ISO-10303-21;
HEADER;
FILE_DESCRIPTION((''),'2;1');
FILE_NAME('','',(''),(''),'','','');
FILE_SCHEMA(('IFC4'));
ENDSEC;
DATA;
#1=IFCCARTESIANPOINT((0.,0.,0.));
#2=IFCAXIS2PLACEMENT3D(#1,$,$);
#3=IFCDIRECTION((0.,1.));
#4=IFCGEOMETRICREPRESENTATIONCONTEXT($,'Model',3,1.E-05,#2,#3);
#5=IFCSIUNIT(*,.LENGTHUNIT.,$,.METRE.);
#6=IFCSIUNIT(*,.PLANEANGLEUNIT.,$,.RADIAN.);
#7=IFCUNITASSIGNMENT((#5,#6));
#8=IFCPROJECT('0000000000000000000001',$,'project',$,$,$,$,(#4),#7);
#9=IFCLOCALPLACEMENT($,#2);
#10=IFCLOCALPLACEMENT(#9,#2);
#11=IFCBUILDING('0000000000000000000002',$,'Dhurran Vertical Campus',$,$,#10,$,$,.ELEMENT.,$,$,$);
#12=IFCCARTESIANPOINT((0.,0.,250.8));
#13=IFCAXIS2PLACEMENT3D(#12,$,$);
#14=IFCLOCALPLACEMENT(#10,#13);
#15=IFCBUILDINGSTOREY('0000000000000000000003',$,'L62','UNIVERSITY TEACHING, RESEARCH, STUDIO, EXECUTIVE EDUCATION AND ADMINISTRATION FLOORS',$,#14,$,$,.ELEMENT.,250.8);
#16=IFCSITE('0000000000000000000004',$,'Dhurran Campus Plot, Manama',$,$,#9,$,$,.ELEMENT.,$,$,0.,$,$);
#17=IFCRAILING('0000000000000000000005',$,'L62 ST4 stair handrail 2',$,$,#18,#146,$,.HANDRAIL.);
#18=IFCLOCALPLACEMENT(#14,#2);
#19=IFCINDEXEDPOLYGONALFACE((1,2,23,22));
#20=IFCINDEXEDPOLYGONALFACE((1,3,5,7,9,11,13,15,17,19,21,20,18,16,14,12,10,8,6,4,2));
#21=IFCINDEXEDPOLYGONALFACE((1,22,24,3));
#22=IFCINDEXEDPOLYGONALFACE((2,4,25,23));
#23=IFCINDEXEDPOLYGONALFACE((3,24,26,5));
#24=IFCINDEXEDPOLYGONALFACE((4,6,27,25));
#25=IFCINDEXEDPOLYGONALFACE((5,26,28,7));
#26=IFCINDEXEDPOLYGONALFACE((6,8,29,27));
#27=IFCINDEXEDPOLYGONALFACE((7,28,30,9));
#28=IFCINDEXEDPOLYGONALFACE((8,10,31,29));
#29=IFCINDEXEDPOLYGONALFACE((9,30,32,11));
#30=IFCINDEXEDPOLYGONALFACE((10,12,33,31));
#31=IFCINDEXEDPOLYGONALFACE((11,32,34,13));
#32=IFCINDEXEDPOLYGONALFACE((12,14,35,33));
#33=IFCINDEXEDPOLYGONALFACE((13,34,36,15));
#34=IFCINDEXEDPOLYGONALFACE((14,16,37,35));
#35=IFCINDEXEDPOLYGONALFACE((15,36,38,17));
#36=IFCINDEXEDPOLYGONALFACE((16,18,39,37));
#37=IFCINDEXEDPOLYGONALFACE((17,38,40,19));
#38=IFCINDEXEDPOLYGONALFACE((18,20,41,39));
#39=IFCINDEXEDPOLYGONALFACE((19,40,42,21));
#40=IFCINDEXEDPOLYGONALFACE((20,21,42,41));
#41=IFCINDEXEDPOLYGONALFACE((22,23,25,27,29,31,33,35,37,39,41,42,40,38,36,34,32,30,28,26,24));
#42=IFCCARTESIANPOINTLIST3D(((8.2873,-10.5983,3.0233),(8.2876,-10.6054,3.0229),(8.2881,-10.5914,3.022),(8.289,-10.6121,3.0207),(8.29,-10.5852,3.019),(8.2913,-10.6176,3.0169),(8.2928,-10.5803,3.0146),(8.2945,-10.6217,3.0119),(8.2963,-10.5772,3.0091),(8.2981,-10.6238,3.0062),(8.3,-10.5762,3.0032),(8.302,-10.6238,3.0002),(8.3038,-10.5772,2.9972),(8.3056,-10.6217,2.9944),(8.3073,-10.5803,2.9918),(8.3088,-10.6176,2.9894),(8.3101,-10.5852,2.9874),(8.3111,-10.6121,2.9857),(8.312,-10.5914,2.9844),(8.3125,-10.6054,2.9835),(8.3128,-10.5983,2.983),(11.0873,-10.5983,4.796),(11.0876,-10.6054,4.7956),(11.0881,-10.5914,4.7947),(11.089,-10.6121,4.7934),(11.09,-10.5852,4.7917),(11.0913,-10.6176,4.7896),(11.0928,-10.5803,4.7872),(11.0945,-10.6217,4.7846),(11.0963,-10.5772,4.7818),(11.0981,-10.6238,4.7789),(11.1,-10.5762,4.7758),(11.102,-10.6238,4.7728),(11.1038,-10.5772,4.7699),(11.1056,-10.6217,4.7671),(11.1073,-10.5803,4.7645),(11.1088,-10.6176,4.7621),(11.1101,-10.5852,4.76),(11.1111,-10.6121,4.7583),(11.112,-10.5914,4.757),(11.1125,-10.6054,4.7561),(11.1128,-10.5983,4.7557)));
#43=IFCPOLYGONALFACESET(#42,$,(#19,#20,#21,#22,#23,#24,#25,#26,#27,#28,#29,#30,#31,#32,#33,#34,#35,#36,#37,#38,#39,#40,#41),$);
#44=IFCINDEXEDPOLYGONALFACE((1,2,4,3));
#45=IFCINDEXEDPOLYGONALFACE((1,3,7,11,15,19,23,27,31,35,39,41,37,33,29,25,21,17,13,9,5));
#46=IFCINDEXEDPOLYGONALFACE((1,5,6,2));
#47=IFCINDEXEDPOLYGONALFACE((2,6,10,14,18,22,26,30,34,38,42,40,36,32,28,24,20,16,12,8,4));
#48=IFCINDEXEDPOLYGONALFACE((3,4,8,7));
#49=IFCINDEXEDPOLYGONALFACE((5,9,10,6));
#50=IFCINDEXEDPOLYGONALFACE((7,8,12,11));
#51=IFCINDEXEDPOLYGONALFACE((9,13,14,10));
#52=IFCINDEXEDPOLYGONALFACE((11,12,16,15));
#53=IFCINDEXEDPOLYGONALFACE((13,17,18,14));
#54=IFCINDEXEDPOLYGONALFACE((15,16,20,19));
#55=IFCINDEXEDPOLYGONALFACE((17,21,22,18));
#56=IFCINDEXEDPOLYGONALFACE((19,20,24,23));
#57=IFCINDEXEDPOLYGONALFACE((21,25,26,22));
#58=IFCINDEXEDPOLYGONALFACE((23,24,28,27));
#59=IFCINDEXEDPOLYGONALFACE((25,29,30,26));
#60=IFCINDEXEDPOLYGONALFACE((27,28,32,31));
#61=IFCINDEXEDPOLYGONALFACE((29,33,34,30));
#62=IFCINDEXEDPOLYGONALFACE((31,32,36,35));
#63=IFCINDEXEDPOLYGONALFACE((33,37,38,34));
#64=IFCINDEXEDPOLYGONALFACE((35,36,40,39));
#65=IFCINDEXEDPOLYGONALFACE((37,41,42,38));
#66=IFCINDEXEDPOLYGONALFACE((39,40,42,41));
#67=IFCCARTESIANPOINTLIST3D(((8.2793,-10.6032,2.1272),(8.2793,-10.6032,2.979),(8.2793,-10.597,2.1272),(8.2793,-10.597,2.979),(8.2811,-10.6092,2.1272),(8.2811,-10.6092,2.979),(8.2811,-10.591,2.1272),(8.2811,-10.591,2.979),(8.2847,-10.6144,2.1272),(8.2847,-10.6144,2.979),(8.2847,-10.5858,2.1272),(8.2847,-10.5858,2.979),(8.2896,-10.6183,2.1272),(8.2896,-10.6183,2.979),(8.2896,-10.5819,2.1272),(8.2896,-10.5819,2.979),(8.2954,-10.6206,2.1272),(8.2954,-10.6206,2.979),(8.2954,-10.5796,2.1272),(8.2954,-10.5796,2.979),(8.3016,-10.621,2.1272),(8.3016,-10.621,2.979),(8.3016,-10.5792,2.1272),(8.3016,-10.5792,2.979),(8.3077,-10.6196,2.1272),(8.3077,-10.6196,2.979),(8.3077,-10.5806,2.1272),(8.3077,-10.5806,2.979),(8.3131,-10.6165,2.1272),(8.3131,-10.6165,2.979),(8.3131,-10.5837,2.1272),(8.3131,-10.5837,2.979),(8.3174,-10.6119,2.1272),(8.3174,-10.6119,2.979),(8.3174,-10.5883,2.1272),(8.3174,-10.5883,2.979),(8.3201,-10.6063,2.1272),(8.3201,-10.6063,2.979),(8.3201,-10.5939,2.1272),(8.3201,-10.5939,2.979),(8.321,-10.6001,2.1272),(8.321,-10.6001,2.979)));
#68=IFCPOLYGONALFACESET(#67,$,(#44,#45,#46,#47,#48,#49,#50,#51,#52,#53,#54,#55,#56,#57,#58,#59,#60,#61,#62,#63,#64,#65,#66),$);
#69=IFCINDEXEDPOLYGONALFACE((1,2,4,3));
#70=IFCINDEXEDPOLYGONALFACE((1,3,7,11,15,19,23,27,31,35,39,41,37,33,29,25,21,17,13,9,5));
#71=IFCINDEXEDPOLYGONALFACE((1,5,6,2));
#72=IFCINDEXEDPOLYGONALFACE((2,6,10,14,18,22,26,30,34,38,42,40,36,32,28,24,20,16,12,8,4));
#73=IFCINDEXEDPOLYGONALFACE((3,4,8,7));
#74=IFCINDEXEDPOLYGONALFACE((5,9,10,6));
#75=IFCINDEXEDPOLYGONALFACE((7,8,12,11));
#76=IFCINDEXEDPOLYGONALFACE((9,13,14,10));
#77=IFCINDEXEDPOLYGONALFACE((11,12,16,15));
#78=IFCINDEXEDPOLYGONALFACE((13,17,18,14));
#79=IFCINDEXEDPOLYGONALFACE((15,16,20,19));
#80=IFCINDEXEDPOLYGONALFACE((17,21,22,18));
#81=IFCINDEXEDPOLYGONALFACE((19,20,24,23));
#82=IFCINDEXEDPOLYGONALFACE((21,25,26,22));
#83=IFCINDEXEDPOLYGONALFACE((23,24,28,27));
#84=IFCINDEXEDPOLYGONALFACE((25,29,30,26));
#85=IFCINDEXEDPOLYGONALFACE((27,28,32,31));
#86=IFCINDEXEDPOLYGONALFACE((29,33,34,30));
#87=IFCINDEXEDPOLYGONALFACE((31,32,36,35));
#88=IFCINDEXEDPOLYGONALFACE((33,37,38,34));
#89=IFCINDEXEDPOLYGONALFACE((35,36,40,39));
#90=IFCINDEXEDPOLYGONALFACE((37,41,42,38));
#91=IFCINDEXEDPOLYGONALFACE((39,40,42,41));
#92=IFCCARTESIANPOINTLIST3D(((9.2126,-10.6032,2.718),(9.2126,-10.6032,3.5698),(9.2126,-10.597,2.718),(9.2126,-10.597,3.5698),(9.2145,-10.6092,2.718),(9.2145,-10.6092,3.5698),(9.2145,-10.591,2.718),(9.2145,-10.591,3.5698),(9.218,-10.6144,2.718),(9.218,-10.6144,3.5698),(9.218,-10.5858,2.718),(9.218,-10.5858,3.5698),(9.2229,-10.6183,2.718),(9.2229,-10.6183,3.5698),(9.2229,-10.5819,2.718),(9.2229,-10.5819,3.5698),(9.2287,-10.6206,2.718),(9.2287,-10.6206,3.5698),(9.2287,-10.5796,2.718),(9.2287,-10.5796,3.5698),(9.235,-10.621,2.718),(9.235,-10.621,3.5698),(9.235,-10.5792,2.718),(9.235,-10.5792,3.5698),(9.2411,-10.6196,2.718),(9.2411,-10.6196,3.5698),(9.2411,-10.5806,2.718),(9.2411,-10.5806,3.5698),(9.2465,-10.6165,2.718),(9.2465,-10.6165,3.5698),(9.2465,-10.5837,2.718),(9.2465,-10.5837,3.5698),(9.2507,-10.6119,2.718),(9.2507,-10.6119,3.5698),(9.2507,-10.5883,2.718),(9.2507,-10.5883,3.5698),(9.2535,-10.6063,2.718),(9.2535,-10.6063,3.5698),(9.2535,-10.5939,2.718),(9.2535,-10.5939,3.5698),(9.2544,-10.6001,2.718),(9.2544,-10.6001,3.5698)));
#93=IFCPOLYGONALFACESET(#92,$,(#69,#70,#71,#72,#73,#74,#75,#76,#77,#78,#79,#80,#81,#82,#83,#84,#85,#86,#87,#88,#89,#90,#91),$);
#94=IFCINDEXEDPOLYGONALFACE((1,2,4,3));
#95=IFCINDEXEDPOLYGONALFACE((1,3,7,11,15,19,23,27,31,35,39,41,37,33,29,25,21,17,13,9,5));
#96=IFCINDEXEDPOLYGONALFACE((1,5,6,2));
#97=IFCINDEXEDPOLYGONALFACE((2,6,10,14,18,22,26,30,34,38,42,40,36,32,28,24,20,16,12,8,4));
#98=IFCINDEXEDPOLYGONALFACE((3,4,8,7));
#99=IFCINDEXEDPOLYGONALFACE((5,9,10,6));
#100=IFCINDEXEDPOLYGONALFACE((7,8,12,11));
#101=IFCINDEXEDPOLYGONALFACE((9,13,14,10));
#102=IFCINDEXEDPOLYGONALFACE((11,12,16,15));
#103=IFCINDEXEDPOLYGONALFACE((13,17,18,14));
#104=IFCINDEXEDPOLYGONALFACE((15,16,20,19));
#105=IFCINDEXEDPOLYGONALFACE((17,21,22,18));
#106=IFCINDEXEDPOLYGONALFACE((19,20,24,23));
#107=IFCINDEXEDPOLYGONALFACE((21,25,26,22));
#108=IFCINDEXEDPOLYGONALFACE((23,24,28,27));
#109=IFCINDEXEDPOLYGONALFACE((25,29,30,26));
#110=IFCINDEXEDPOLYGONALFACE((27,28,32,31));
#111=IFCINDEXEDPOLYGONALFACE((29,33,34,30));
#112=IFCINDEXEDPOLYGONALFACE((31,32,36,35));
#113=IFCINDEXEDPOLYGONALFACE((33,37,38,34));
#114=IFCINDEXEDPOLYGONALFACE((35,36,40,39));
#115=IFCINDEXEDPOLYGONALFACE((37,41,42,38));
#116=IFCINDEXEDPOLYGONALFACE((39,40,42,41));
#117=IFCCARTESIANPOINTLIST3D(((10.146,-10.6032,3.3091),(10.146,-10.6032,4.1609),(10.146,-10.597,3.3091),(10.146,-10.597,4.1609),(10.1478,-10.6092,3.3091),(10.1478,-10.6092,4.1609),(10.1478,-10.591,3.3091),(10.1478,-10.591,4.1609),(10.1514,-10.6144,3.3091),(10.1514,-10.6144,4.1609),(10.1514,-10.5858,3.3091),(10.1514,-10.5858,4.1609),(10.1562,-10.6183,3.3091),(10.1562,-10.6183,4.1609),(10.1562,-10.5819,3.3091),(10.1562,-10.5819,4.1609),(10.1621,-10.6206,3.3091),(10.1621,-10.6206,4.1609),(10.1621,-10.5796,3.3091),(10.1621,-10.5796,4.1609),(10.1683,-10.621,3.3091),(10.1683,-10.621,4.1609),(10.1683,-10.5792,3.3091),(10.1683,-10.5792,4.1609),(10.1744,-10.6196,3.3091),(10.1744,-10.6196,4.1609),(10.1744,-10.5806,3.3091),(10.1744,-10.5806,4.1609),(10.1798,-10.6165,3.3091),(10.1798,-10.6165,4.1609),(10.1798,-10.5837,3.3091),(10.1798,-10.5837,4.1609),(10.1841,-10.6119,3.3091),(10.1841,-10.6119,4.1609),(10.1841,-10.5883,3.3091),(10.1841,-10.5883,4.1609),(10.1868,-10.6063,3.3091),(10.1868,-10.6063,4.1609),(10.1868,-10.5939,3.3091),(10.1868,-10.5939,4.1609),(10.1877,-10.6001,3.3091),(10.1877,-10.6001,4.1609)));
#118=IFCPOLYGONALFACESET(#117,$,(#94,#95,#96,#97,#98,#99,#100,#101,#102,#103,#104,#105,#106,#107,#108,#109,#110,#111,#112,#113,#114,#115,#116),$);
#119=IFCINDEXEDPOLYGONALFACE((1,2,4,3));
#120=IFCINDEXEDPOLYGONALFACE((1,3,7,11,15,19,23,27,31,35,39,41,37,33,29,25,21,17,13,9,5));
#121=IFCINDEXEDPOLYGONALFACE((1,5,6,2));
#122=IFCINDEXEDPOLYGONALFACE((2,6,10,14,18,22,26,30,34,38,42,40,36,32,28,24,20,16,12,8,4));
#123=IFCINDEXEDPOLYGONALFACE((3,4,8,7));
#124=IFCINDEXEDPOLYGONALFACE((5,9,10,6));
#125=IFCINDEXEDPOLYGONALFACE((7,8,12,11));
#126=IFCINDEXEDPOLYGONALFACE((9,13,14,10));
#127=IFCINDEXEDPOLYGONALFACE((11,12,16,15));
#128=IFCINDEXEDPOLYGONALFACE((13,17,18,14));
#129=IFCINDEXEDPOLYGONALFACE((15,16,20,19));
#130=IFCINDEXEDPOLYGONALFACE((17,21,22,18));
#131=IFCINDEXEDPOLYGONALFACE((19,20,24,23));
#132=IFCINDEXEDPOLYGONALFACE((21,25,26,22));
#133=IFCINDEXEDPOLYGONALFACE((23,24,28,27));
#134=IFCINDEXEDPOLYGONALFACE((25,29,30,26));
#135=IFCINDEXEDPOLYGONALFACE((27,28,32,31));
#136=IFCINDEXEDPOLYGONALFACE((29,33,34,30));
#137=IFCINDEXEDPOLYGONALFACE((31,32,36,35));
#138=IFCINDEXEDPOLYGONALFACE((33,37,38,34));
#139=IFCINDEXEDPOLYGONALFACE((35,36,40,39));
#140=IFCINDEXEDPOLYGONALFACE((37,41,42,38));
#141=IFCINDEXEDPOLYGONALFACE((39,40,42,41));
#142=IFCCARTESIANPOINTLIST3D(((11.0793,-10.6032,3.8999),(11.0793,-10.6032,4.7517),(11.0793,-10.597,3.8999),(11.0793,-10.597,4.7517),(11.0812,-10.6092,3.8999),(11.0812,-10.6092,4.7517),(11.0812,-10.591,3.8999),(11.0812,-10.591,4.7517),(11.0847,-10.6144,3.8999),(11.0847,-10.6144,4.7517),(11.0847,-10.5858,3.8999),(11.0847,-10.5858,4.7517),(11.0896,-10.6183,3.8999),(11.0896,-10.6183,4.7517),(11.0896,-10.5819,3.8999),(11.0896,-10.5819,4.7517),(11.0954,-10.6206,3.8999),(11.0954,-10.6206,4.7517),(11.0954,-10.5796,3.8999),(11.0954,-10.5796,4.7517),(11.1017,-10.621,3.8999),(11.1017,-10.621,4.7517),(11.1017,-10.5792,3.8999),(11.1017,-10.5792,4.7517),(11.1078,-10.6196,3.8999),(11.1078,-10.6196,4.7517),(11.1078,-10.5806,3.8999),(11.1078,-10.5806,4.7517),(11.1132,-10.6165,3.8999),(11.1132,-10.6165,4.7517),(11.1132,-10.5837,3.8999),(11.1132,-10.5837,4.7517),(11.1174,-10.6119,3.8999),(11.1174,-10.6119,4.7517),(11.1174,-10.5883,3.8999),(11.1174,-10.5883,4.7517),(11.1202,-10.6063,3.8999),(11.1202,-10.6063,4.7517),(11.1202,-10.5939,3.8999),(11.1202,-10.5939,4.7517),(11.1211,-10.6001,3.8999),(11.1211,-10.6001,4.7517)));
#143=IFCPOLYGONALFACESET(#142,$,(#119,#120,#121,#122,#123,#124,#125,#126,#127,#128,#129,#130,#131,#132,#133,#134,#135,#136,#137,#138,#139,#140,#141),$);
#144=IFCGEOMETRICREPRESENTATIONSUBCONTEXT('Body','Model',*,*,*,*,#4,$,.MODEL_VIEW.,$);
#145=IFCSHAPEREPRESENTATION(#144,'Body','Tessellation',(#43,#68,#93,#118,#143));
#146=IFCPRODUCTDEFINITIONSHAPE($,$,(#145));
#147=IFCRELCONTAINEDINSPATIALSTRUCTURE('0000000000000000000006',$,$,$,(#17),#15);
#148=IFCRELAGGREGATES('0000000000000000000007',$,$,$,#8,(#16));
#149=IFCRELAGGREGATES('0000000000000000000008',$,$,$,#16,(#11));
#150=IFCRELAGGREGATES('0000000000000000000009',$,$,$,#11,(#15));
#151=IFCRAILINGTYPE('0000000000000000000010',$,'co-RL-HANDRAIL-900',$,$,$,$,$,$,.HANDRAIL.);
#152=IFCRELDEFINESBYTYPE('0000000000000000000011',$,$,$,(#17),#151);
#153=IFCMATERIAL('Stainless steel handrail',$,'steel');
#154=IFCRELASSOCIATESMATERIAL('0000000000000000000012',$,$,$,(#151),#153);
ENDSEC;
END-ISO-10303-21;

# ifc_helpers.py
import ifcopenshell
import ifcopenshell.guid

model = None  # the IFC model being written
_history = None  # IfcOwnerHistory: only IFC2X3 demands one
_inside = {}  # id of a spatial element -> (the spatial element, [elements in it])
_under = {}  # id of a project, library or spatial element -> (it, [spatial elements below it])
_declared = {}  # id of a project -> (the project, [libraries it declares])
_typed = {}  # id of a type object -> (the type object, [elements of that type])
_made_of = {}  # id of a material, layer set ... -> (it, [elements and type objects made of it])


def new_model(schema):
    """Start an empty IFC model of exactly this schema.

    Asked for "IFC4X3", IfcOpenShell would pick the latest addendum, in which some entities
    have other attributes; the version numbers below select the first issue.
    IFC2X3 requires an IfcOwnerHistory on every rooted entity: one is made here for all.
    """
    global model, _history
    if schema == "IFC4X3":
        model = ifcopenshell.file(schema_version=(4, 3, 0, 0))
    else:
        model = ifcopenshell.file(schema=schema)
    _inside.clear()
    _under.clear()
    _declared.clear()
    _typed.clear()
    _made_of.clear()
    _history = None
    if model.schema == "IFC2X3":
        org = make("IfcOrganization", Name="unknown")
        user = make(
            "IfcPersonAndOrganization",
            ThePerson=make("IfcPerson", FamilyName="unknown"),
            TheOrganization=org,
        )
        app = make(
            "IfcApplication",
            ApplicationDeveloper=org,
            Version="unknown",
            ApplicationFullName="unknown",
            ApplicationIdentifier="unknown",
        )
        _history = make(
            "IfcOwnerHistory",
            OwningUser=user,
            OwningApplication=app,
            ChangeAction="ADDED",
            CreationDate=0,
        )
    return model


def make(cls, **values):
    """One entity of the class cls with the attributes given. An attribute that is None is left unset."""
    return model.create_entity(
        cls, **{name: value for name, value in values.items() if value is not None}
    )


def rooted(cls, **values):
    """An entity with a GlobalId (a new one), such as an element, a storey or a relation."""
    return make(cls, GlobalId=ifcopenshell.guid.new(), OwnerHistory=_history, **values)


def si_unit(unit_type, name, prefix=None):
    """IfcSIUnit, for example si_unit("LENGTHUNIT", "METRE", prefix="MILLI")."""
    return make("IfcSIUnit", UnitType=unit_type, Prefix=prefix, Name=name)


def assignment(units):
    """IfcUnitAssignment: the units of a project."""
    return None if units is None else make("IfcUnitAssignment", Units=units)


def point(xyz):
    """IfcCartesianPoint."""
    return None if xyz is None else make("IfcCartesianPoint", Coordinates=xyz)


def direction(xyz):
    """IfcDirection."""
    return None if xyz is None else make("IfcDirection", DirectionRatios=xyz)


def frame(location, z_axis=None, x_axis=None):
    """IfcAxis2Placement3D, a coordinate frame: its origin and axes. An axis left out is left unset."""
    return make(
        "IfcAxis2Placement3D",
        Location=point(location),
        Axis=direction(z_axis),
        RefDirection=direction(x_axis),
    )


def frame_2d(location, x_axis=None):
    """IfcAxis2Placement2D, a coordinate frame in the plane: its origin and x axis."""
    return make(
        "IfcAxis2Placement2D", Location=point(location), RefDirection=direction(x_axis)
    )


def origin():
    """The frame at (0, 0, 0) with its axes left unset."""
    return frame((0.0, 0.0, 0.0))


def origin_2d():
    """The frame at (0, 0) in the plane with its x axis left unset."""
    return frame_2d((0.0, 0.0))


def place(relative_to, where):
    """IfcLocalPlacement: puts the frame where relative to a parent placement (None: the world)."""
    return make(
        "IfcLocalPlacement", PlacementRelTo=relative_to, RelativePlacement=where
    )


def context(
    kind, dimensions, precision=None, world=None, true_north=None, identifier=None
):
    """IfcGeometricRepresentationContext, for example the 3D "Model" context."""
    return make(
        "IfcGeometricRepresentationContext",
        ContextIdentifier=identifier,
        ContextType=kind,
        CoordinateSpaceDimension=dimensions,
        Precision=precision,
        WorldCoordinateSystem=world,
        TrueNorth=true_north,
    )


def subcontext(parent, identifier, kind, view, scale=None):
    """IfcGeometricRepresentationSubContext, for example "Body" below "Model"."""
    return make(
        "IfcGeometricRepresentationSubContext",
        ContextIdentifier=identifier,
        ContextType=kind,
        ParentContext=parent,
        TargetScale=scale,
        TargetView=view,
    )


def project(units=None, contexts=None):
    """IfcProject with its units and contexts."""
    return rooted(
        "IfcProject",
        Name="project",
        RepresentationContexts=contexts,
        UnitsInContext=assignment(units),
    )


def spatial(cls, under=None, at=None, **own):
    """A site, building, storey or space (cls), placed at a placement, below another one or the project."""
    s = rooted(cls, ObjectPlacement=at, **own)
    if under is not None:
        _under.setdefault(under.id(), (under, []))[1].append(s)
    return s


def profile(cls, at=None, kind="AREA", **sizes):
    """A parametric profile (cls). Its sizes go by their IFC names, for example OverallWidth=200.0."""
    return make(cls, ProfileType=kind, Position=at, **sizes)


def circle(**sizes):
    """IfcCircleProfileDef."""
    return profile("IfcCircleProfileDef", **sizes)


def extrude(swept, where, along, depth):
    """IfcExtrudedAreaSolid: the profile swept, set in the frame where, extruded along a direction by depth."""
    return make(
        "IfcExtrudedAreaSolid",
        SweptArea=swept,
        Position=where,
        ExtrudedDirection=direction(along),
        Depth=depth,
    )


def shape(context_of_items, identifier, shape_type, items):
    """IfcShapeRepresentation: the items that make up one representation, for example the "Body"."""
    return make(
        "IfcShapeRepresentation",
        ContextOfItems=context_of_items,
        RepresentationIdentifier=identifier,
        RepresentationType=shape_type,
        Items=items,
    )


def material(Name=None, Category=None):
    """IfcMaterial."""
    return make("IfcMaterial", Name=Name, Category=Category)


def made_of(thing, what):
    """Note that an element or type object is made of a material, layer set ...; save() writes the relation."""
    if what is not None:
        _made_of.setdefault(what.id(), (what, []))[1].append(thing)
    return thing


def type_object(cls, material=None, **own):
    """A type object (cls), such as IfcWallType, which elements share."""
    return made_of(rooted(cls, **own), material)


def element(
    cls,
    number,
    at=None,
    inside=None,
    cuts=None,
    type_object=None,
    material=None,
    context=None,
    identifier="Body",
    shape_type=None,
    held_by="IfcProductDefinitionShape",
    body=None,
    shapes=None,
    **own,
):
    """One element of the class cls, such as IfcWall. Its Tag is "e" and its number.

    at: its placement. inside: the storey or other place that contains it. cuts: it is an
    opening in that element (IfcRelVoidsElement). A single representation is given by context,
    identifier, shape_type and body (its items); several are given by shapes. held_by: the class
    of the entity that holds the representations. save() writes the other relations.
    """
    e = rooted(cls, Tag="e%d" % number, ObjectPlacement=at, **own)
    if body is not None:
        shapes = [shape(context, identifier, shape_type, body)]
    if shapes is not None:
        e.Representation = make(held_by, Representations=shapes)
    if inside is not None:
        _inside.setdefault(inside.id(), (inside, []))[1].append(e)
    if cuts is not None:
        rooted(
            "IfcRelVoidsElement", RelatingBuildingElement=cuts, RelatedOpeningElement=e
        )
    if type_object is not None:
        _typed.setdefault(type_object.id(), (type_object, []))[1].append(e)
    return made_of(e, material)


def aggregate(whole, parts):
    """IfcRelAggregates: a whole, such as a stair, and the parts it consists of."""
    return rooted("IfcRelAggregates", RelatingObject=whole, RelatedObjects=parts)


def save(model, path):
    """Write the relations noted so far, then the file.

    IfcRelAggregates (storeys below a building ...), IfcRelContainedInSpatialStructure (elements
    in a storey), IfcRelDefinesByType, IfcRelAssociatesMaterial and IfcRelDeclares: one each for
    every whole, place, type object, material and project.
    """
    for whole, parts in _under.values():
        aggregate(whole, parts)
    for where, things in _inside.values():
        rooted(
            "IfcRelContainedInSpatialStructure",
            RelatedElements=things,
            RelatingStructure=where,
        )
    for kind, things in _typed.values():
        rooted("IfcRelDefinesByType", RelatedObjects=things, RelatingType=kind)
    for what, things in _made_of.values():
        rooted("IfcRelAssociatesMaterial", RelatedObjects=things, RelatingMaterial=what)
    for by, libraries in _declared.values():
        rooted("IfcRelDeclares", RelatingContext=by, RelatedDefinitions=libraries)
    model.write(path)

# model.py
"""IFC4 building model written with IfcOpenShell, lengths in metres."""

from ifc_helpers import new_model, si_unit, direction, frame, origin, origin_2d, place, context, subcontext, project, spatial, circle, extrude, material, type_object, element, save


model = new_model("IFC4")

# Units and contexts
model_context = context("Model", 3, precision=1e-05, world=origin(), true_north=direction((0.0, 1.0)))
body_context = subcontext(model_context, "Body", "Model", "MODEL_VIEW")
ifc_project = project(units=[si_unit("LENGTHUNIT", "METRE"), si_unit("PLANEANGLEUNIT", "RADIAN")], contexts=[model_context])

# Site, building, storey
site_placement = place(None, origin())
site = spatial("IfcSite", under=ifc_project, at=site_placement, Name="Dhurran Campus Plot, Manama", CompositionType="ELEMENT", RefElevation=0.0)
building_placement = place(site_placement, origin())
building = spatial("IfcBuilding", under=site, at=building_placement, Name="Dhurran Vertical Campus", CompositionType="ELEMENT")
storey_placement = place(building_placement, frame((0.0, 0.0, 250.8)))
storey = spatial("IfcBuildingStorey", under=building, at=storey_placement, Name="L62", Description="UNIVERSITY TEACHING, RESEARCH, STUDIO, EXECUTIVE EDUCATION AND ADMINISTRATION FLOORS", CompositionType="ELEMENT", Elevation=250.8)

# Railing
ifc_material_1 = material(Name="Stainless steel handrail", Category="steel")
railing_type_1 = type_object("IfcRailingType", Name="co-RL-HANDRAIL-900", PredefinedType="HANDRAIL", material=ifc_material_1)
railing_1_placement = place(storey_placement, frame((8.3, -10.6001, 2.1272)))
element("IfcRailing", 1, at=railing_1_placement, inside=storey, type_object=railing_type_1, Name="L62 ST4 stair handrail 2", PredefinedType="HANDRAIL", context=body_context, shape_type="SweptSolid", body=[
    extrude(circle(Radius=0.0239, at=origin_2d()), frame((0.0, 0.0, 0.876), z_axis=(0.844909, 0.0, 0.53491), x_axis=(0.0, 1.0, 0.0)), (0.0, 0.0, 1.0), 3.314),
    extrude(circle(Radius=0.021, at=origin_2d()), origin(), (0.0, 0.0, 1.0), 0.8518),
    extrude(circle(Radius=0.021, at=origin_2d()), frame((0.9333, 0.0, 0.5908)), (0.0, 0.0, 1.0), 0.8518),
    extrude(circle(Radius=0.021, at=origin_2d()), frame((1.8667, 0.0, 1.1819)), (0.0, 0.0, 1.0), 0.8518),
    extrude(circle(Radius=0.021, at=origin_2d()), frame((2.8, 0.0, 1.7727)), (0.0, 0.0, 1.0), 0.8518),
])

save(model, "model.ifc")
